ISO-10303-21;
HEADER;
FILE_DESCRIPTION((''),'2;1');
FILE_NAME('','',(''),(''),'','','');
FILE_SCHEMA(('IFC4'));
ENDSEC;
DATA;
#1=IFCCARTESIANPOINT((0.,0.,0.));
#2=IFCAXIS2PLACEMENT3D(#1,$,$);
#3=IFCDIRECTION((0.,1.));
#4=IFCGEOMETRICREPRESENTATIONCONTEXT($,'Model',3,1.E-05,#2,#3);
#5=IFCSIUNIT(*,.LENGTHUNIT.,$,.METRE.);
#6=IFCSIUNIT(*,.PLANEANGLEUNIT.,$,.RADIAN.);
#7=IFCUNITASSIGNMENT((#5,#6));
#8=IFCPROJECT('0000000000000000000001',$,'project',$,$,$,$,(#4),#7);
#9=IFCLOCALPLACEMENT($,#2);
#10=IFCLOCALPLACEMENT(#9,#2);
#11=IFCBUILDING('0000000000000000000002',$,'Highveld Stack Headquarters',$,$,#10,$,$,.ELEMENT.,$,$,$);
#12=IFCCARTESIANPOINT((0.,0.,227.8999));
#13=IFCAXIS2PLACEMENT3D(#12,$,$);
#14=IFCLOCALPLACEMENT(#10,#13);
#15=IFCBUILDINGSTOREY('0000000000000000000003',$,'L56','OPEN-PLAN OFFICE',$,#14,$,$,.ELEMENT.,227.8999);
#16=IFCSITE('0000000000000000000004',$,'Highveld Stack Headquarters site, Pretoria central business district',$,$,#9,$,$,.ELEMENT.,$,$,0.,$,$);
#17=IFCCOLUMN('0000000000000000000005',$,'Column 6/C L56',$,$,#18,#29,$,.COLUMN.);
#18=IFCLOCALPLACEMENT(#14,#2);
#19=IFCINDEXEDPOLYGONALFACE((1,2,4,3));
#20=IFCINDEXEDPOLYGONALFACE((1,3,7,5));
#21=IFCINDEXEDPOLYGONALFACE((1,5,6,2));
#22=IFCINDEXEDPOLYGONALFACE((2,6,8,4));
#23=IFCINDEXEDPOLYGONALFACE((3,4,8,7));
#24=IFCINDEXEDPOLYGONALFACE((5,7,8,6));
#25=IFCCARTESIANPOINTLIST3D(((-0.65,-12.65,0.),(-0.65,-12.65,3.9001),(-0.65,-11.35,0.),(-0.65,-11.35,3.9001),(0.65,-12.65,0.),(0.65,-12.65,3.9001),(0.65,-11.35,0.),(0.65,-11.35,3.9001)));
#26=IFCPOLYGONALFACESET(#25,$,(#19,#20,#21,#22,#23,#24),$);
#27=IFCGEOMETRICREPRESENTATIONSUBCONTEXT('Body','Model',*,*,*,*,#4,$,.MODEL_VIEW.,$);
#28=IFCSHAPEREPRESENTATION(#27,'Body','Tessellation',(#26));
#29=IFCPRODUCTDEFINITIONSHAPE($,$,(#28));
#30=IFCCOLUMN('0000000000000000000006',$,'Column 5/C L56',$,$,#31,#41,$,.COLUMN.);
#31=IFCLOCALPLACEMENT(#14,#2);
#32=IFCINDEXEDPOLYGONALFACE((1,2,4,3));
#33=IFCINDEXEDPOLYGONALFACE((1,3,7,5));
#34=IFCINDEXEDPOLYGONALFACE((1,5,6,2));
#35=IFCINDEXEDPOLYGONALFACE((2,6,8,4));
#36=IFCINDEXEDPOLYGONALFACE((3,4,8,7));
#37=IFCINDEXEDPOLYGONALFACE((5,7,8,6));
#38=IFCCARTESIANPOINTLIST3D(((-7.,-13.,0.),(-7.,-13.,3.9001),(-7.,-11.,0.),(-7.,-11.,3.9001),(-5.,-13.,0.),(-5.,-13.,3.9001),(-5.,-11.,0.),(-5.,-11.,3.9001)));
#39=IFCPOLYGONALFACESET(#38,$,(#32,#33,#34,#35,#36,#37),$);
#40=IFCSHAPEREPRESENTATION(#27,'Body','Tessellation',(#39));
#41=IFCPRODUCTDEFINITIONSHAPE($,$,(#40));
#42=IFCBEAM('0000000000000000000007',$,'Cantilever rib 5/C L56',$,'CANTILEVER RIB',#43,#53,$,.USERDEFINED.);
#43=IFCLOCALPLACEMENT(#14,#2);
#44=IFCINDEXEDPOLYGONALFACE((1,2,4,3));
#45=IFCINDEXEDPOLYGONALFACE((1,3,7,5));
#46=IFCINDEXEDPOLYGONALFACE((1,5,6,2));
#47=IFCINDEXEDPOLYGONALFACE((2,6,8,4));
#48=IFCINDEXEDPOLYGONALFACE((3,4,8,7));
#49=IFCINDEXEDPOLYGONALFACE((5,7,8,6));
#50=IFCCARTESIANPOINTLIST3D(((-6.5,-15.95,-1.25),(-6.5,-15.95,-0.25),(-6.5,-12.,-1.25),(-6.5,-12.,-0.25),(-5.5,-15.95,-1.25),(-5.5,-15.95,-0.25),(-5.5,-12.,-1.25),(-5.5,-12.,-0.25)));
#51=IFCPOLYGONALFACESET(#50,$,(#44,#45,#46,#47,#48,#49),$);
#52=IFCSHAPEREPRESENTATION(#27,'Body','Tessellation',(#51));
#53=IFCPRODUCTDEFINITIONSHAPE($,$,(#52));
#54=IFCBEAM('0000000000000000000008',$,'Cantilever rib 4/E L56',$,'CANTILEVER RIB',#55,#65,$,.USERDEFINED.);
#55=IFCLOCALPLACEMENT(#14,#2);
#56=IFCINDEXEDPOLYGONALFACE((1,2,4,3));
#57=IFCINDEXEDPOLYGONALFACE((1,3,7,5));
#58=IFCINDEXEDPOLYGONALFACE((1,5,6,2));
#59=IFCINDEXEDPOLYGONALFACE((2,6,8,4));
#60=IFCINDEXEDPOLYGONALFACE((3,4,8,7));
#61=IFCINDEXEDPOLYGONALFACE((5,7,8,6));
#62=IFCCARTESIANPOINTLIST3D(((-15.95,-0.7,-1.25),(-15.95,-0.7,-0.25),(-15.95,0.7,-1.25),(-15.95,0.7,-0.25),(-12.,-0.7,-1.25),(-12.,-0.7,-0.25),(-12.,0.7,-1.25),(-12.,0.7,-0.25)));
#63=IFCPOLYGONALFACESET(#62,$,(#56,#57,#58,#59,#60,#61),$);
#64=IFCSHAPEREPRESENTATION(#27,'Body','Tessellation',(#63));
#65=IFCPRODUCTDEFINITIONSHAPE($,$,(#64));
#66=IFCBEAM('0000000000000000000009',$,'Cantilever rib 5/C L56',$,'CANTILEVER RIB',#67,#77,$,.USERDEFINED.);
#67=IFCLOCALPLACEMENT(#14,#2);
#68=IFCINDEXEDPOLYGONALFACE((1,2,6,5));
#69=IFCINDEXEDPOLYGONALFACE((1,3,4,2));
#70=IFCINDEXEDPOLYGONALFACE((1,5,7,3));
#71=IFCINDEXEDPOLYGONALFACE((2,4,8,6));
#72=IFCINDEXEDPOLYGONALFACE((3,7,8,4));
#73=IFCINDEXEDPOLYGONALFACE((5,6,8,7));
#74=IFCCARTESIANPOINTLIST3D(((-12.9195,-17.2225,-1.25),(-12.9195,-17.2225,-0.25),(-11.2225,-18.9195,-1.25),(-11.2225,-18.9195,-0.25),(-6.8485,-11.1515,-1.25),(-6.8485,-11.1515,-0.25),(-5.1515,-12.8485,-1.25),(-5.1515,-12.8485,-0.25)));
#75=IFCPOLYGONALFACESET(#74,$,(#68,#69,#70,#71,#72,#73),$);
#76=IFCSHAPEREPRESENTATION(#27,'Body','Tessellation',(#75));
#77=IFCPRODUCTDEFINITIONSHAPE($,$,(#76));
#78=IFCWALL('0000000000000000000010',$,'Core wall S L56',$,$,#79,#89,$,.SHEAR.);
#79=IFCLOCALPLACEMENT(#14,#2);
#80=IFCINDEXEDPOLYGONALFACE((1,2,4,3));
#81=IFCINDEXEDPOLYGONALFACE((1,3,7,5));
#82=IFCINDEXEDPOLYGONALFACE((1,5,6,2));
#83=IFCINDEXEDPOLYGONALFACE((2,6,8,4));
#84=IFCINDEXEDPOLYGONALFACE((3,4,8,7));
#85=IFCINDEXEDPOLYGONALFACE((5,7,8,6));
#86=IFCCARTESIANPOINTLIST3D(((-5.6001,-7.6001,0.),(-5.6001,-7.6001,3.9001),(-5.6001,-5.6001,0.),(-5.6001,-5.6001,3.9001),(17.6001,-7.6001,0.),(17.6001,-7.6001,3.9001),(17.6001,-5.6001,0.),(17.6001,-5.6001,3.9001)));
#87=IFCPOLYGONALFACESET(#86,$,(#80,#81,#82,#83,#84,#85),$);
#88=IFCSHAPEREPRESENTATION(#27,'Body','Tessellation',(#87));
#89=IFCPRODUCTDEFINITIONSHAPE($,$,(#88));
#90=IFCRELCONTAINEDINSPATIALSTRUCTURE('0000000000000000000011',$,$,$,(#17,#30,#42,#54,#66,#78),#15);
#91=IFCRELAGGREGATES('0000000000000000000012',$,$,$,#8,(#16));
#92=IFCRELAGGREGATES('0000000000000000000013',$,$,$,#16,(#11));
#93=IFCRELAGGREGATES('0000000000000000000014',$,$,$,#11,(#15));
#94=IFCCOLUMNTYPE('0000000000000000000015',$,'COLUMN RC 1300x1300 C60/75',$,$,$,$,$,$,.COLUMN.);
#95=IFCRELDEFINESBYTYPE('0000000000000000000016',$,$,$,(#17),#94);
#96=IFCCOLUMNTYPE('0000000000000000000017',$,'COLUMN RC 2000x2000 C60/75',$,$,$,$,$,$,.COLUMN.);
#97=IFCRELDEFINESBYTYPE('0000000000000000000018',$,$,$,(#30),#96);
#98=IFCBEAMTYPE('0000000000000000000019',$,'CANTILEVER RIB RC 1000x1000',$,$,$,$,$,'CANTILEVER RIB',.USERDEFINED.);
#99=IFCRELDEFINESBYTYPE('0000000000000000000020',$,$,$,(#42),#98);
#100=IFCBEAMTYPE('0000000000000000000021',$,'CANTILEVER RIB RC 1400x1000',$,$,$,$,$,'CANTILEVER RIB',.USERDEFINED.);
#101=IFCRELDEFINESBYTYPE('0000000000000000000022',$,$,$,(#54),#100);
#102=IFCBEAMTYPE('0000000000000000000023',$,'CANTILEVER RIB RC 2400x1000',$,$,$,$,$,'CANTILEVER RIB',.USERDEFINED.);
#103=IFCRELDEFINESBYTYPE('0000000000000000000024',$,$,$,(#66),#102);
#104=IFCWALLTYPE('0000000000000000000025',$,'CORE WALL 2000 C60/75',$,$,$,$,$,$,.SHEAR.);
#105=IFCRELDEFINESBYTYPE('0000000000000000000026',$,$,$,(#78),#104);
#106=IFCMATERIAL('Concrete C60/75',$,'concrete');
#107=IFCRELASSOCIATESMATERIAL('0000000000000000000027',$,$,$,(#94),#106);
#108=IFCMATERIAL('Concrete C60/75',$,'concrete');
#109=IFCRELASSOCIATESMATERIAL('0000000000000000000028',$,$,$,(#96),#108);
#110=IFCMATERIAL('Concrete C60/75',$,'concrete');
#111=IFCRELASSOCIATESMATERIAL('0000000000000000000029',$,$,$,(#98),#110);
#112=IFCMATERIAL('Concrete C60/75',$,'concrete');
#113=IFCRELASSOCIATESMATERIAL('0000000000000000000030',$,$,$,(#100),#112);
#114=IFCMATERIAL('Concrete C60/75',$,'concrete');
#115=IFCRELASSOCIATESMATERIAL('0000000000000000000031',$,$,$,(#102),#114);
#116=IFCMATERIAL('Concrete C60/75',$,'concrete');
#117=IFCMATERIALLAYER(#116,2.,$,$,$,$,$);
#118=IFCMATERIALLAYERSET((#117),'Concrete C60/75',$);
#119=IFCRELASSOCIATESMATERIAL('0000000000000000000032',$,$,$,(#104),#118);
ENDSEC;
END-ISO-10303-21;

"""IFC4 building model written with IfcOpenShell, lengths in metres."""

from ifc_helpers import new_model, si_unit, direction, frame, frame_2d, origin, origin_2d, place, context, subcontext, project, spatial, rectangle, extrude, material, layer, layer_set, material_profile, profile_set, type_object, element, save


model = new_model("IFC4")

# Units and contexts
model_context = context("Model", 3, precision=1e-05, world=origin(), true_north=direction((0.0, 1.0)))
body_context = subcontext(model_context, "Body", "Model", "MODEL_VIEW")
ifc_project = project(units=[si_unit("LENGTHUNIT", "METRE"), si_unit("PLANEANGLEUNIT", "RADIAN")], contexts=[model_context])

# Site, building, storey
site_placement = place(None, origin())
site = spatial("IfcSite", under=ifc_project, at=site_placement, Name="Highveld Stack Headquarters site, Pretoria central business district", CompositionType="ELEMENT", RefElevation=0.0)
building_placement = place(site_placement, origin())
building = spatial("IfcBuilding", under=site, at=building_placement, Name="Highveld Stack Headquarters", CompositionType="ELEMENT")
storey_placement = place(building_placement, frame((0.0, 0.0, 227.8999)))
storey = spatial("IfcBuildingStorey", under=building, at=storey_placement, Name="L56", Description="OPEN-PLAN OFFICE", CompositionType="ELEMENT", Elevation=227.8999)

# Columns
ifc_material_1 = material(Name="Concrete C60/75", Category="concrete")
ifc_material_profile_1 = material_profile(ifc_material_1, rectangle(XDim=1.3, YDim=1.3, at=origin_2d()), Name="RC 1300x1300")
ifc_profile_set_1 = profile_set([ifc_material_profile_1], Name="Concrete C60/75")
column_type_1 = type_object("IfcColumnType", Name="COLUMN RC 1300x1300 C60/75", PredefinedType="COLUMN", material=ifc_profile_set_1)
column_1_placement = place(storey_placement, frame((0.0, -12.0, 0.0), z_axis=(0.0, 0.0, 1.0), x_axis=(1.0, 0.0, 0.0)))
element("IfcColumn", 1, at=column_1_placement, inside=storey, type_object=column_type_1, Name="Column 6/C L56", PredefinedType="COLUMN", context=body_context, shape_type="SweptSolid", body=[
    extrude(rectangle(XDim=1.3, YDim=1.3, at=origin_2d()), origin(), (0.0, 0.0, 1.0), 3.9001),
])
ifc_material_2 = material(Name="Concrete C60/75", Category="concrete")
ifc_material_profile_2 = material_profile(ifc_material_2, rectangle(XDim=2.0, YDim=2.0, at=origin_2d()), Name="RC 2000x2000")
ifc_profile_set_2 = profile_set([ifc_material_profile_2], Name="Concrete C60/75")
column_type_2 = type_object("IfcColumnType", Name="COLUMN RC 2000x2000 C60/75", PredefinedType="COLUMN", material=ifc_profile_set_2)
column_2_placement = place(storey_placement, frame((-6.0, -12.0, 0.0), z_axis=(0.0, 0.0, 1.0), x_axis=(1.0, 0.0, 0.0)))
element("IfcColumn", 2, at=column_2_placement, inside=storey, type_object=column_type_2, Name="Column 5/C L56", PredefinedType="COLUMN", context=body_context, shape_type="SweptSolid", body=[
    extrude(rectangle(XDim=2.0, YDim=2.0, at=origin_2d()), origin(), (0.0, 0.0, 1.0), 3.9001),
])

# Beams
ifc_material_3 = material(Name="Concrete C60/75", Category="concrete")
ifc_material_profile_3 = material_profile(ifc_material_3, rectangle(XDim=1.0, YDim=1.0, at=origin_2d()), Name="RC 1000x1000")
ifc_profile_set_3 = profile_set([ifc_material_profile_3], Name="Concrete C60/75")
beam_type_1 = type_object("IfcBeamType", Name="CANTILEVER RIB RC 1000x1000", ElementType="CANTILEVER RIB", PredefinedType="USERDEFINED", material=ifc_profile_set_3)
beam_1_placement = place(storey_placement, frame((-6.0, -12.0, -0.75), z_axis=(0.0, -1.0, 0.0), x_axis=(1.0, 0.0, 0.0)))
element("IfcBeam", 3, at=beam_1_placement, inside=storey, type_object=beam_type_1, Name="Cantilever rib 5/C L56", ObjectType="CANTILEVER RIB", PredefinedType="USERDEFINED", context=body_context, shape_type="SweptSolid", body=[
    extrude(rectangle(XDim=1.0, YDim=1.0, at=origin_2d()), origin(), (0.0, 0.0, 1.0), 3.95),
])
ifc_material_4 = material(Name="Concrete C60/75", Category="concrete")
ifc_material_profile_4 = material_profile(ifc_material_4, rectangle(XDim=1.3999, YDim=1.0, at=origin_2d()), Name="RC 1400x1000")
ifc_profile_set_4 = profile_set([ifc_material_profile_4], Name="Concrete C60/75")
beam_type_2 = type_object("IfcBeamType", Name="CANTILEVER RIB RC 1400x1000", ElementType="CANTILEVER RIB", PredefinedType="USERDEFINED", material=ifc_profile_set_4)
beam_2_placement = place(storey_placement, frame((-12.0, 0.0, -0.75), z_axis=(-1.0, 0.0, 0.0), x_axis=(0.0, -1.0, 0.0)))
element("IfcBeam", 4, at=beam_2_placement, inside=storey, type_object=beam_type_2, Name="Cantilever rib 4/E L56", ObjectType="CANTILEVER RIB", PredefinedType="USERDEFINED", context=body_context, shape_type="SweptSolid", body=[
    extrude(rectangle(XDim=1.3999, YDim=1.0, at=origin_2d()), origin(), (0.0, 0.0, 1.0), 3.95),
])
ifc_material_5 = material(Name="Concrete C60/75", Category="concrete")
ifc_material_profile_5 = material_profile(ifc_material_5, rectangle(XDim=2.3999, YDim=1.0, at=origin_2d()), Name="RC 2400x1000")
ifc_profile_set_5 = profile_set([ifc_material_profile_5], Name="Concrete C60/75")
beam_type_3 = type_object("IfcBeamType", Name="CANTILEVER RIB RC 2400x1000", ElementType="CANTILEVER RIB", PredefinedType="USERDEFINED", material=ifc_profile_set_5)
beam_3_placement = place(storey_placement, frame((-6.0, -12.0, -0.75), z_axis=(-0.707107, -0.707107, 0.0), x_axis=(0.707107, -0.707107, 0.0)))
element("IfcBeam", 5, at=beam_3_placement, inside=storey, type_object=beam_type_3, Name="Cantilever rib 5/C L56", ObjectType="CANTILEVER RIB", PredefinedType="USERDEFINED", context=body_context, shape_type="SweptSolid", body=[
    extrude(rectangle(XDim=2.3999, YDim=1.0, at=origin_2d()), origin(), (0.0, 0.0, 1.0), 8.5857),
])

# Wall
ifc_material_6 = material(Name="Concrete C60/75", Category="concrete")
ifc_layer_1 = layer(ifc_material_6, 2.0)
ifc_layer_set_1 = layer_set([ifc_layer_1], Name="Concrete C60/75")
wall_type_1 = type_object("IfcWallType", Name="CORE WALL 2000 C60/75", PredefinedType="SHEAR", material=ifc_layer_set_1)
wall_1_placement = place(storey_placement, frame((-5.6001, -6.6001, 0.0), z_axis=(0.0, 0.0, 1.0), x_axis=(1.0, 0.0, 0.0)))
element("IfcWall", 6, at=wall_1_placement, inside=storey, type_object=wall_type_1, Name="Core wall S L56", PredefinedType="SHEAR", context=body_context, shape_type="SweptSolid", body=[
    extrude(rectangle(XDim=23.2002, YDim=2.0, at=frame_2d((11.6001, 0.0))), origin(), (0.0, 0.0, 1.0), 3.9001),
])

save(model, "model.ifc")
